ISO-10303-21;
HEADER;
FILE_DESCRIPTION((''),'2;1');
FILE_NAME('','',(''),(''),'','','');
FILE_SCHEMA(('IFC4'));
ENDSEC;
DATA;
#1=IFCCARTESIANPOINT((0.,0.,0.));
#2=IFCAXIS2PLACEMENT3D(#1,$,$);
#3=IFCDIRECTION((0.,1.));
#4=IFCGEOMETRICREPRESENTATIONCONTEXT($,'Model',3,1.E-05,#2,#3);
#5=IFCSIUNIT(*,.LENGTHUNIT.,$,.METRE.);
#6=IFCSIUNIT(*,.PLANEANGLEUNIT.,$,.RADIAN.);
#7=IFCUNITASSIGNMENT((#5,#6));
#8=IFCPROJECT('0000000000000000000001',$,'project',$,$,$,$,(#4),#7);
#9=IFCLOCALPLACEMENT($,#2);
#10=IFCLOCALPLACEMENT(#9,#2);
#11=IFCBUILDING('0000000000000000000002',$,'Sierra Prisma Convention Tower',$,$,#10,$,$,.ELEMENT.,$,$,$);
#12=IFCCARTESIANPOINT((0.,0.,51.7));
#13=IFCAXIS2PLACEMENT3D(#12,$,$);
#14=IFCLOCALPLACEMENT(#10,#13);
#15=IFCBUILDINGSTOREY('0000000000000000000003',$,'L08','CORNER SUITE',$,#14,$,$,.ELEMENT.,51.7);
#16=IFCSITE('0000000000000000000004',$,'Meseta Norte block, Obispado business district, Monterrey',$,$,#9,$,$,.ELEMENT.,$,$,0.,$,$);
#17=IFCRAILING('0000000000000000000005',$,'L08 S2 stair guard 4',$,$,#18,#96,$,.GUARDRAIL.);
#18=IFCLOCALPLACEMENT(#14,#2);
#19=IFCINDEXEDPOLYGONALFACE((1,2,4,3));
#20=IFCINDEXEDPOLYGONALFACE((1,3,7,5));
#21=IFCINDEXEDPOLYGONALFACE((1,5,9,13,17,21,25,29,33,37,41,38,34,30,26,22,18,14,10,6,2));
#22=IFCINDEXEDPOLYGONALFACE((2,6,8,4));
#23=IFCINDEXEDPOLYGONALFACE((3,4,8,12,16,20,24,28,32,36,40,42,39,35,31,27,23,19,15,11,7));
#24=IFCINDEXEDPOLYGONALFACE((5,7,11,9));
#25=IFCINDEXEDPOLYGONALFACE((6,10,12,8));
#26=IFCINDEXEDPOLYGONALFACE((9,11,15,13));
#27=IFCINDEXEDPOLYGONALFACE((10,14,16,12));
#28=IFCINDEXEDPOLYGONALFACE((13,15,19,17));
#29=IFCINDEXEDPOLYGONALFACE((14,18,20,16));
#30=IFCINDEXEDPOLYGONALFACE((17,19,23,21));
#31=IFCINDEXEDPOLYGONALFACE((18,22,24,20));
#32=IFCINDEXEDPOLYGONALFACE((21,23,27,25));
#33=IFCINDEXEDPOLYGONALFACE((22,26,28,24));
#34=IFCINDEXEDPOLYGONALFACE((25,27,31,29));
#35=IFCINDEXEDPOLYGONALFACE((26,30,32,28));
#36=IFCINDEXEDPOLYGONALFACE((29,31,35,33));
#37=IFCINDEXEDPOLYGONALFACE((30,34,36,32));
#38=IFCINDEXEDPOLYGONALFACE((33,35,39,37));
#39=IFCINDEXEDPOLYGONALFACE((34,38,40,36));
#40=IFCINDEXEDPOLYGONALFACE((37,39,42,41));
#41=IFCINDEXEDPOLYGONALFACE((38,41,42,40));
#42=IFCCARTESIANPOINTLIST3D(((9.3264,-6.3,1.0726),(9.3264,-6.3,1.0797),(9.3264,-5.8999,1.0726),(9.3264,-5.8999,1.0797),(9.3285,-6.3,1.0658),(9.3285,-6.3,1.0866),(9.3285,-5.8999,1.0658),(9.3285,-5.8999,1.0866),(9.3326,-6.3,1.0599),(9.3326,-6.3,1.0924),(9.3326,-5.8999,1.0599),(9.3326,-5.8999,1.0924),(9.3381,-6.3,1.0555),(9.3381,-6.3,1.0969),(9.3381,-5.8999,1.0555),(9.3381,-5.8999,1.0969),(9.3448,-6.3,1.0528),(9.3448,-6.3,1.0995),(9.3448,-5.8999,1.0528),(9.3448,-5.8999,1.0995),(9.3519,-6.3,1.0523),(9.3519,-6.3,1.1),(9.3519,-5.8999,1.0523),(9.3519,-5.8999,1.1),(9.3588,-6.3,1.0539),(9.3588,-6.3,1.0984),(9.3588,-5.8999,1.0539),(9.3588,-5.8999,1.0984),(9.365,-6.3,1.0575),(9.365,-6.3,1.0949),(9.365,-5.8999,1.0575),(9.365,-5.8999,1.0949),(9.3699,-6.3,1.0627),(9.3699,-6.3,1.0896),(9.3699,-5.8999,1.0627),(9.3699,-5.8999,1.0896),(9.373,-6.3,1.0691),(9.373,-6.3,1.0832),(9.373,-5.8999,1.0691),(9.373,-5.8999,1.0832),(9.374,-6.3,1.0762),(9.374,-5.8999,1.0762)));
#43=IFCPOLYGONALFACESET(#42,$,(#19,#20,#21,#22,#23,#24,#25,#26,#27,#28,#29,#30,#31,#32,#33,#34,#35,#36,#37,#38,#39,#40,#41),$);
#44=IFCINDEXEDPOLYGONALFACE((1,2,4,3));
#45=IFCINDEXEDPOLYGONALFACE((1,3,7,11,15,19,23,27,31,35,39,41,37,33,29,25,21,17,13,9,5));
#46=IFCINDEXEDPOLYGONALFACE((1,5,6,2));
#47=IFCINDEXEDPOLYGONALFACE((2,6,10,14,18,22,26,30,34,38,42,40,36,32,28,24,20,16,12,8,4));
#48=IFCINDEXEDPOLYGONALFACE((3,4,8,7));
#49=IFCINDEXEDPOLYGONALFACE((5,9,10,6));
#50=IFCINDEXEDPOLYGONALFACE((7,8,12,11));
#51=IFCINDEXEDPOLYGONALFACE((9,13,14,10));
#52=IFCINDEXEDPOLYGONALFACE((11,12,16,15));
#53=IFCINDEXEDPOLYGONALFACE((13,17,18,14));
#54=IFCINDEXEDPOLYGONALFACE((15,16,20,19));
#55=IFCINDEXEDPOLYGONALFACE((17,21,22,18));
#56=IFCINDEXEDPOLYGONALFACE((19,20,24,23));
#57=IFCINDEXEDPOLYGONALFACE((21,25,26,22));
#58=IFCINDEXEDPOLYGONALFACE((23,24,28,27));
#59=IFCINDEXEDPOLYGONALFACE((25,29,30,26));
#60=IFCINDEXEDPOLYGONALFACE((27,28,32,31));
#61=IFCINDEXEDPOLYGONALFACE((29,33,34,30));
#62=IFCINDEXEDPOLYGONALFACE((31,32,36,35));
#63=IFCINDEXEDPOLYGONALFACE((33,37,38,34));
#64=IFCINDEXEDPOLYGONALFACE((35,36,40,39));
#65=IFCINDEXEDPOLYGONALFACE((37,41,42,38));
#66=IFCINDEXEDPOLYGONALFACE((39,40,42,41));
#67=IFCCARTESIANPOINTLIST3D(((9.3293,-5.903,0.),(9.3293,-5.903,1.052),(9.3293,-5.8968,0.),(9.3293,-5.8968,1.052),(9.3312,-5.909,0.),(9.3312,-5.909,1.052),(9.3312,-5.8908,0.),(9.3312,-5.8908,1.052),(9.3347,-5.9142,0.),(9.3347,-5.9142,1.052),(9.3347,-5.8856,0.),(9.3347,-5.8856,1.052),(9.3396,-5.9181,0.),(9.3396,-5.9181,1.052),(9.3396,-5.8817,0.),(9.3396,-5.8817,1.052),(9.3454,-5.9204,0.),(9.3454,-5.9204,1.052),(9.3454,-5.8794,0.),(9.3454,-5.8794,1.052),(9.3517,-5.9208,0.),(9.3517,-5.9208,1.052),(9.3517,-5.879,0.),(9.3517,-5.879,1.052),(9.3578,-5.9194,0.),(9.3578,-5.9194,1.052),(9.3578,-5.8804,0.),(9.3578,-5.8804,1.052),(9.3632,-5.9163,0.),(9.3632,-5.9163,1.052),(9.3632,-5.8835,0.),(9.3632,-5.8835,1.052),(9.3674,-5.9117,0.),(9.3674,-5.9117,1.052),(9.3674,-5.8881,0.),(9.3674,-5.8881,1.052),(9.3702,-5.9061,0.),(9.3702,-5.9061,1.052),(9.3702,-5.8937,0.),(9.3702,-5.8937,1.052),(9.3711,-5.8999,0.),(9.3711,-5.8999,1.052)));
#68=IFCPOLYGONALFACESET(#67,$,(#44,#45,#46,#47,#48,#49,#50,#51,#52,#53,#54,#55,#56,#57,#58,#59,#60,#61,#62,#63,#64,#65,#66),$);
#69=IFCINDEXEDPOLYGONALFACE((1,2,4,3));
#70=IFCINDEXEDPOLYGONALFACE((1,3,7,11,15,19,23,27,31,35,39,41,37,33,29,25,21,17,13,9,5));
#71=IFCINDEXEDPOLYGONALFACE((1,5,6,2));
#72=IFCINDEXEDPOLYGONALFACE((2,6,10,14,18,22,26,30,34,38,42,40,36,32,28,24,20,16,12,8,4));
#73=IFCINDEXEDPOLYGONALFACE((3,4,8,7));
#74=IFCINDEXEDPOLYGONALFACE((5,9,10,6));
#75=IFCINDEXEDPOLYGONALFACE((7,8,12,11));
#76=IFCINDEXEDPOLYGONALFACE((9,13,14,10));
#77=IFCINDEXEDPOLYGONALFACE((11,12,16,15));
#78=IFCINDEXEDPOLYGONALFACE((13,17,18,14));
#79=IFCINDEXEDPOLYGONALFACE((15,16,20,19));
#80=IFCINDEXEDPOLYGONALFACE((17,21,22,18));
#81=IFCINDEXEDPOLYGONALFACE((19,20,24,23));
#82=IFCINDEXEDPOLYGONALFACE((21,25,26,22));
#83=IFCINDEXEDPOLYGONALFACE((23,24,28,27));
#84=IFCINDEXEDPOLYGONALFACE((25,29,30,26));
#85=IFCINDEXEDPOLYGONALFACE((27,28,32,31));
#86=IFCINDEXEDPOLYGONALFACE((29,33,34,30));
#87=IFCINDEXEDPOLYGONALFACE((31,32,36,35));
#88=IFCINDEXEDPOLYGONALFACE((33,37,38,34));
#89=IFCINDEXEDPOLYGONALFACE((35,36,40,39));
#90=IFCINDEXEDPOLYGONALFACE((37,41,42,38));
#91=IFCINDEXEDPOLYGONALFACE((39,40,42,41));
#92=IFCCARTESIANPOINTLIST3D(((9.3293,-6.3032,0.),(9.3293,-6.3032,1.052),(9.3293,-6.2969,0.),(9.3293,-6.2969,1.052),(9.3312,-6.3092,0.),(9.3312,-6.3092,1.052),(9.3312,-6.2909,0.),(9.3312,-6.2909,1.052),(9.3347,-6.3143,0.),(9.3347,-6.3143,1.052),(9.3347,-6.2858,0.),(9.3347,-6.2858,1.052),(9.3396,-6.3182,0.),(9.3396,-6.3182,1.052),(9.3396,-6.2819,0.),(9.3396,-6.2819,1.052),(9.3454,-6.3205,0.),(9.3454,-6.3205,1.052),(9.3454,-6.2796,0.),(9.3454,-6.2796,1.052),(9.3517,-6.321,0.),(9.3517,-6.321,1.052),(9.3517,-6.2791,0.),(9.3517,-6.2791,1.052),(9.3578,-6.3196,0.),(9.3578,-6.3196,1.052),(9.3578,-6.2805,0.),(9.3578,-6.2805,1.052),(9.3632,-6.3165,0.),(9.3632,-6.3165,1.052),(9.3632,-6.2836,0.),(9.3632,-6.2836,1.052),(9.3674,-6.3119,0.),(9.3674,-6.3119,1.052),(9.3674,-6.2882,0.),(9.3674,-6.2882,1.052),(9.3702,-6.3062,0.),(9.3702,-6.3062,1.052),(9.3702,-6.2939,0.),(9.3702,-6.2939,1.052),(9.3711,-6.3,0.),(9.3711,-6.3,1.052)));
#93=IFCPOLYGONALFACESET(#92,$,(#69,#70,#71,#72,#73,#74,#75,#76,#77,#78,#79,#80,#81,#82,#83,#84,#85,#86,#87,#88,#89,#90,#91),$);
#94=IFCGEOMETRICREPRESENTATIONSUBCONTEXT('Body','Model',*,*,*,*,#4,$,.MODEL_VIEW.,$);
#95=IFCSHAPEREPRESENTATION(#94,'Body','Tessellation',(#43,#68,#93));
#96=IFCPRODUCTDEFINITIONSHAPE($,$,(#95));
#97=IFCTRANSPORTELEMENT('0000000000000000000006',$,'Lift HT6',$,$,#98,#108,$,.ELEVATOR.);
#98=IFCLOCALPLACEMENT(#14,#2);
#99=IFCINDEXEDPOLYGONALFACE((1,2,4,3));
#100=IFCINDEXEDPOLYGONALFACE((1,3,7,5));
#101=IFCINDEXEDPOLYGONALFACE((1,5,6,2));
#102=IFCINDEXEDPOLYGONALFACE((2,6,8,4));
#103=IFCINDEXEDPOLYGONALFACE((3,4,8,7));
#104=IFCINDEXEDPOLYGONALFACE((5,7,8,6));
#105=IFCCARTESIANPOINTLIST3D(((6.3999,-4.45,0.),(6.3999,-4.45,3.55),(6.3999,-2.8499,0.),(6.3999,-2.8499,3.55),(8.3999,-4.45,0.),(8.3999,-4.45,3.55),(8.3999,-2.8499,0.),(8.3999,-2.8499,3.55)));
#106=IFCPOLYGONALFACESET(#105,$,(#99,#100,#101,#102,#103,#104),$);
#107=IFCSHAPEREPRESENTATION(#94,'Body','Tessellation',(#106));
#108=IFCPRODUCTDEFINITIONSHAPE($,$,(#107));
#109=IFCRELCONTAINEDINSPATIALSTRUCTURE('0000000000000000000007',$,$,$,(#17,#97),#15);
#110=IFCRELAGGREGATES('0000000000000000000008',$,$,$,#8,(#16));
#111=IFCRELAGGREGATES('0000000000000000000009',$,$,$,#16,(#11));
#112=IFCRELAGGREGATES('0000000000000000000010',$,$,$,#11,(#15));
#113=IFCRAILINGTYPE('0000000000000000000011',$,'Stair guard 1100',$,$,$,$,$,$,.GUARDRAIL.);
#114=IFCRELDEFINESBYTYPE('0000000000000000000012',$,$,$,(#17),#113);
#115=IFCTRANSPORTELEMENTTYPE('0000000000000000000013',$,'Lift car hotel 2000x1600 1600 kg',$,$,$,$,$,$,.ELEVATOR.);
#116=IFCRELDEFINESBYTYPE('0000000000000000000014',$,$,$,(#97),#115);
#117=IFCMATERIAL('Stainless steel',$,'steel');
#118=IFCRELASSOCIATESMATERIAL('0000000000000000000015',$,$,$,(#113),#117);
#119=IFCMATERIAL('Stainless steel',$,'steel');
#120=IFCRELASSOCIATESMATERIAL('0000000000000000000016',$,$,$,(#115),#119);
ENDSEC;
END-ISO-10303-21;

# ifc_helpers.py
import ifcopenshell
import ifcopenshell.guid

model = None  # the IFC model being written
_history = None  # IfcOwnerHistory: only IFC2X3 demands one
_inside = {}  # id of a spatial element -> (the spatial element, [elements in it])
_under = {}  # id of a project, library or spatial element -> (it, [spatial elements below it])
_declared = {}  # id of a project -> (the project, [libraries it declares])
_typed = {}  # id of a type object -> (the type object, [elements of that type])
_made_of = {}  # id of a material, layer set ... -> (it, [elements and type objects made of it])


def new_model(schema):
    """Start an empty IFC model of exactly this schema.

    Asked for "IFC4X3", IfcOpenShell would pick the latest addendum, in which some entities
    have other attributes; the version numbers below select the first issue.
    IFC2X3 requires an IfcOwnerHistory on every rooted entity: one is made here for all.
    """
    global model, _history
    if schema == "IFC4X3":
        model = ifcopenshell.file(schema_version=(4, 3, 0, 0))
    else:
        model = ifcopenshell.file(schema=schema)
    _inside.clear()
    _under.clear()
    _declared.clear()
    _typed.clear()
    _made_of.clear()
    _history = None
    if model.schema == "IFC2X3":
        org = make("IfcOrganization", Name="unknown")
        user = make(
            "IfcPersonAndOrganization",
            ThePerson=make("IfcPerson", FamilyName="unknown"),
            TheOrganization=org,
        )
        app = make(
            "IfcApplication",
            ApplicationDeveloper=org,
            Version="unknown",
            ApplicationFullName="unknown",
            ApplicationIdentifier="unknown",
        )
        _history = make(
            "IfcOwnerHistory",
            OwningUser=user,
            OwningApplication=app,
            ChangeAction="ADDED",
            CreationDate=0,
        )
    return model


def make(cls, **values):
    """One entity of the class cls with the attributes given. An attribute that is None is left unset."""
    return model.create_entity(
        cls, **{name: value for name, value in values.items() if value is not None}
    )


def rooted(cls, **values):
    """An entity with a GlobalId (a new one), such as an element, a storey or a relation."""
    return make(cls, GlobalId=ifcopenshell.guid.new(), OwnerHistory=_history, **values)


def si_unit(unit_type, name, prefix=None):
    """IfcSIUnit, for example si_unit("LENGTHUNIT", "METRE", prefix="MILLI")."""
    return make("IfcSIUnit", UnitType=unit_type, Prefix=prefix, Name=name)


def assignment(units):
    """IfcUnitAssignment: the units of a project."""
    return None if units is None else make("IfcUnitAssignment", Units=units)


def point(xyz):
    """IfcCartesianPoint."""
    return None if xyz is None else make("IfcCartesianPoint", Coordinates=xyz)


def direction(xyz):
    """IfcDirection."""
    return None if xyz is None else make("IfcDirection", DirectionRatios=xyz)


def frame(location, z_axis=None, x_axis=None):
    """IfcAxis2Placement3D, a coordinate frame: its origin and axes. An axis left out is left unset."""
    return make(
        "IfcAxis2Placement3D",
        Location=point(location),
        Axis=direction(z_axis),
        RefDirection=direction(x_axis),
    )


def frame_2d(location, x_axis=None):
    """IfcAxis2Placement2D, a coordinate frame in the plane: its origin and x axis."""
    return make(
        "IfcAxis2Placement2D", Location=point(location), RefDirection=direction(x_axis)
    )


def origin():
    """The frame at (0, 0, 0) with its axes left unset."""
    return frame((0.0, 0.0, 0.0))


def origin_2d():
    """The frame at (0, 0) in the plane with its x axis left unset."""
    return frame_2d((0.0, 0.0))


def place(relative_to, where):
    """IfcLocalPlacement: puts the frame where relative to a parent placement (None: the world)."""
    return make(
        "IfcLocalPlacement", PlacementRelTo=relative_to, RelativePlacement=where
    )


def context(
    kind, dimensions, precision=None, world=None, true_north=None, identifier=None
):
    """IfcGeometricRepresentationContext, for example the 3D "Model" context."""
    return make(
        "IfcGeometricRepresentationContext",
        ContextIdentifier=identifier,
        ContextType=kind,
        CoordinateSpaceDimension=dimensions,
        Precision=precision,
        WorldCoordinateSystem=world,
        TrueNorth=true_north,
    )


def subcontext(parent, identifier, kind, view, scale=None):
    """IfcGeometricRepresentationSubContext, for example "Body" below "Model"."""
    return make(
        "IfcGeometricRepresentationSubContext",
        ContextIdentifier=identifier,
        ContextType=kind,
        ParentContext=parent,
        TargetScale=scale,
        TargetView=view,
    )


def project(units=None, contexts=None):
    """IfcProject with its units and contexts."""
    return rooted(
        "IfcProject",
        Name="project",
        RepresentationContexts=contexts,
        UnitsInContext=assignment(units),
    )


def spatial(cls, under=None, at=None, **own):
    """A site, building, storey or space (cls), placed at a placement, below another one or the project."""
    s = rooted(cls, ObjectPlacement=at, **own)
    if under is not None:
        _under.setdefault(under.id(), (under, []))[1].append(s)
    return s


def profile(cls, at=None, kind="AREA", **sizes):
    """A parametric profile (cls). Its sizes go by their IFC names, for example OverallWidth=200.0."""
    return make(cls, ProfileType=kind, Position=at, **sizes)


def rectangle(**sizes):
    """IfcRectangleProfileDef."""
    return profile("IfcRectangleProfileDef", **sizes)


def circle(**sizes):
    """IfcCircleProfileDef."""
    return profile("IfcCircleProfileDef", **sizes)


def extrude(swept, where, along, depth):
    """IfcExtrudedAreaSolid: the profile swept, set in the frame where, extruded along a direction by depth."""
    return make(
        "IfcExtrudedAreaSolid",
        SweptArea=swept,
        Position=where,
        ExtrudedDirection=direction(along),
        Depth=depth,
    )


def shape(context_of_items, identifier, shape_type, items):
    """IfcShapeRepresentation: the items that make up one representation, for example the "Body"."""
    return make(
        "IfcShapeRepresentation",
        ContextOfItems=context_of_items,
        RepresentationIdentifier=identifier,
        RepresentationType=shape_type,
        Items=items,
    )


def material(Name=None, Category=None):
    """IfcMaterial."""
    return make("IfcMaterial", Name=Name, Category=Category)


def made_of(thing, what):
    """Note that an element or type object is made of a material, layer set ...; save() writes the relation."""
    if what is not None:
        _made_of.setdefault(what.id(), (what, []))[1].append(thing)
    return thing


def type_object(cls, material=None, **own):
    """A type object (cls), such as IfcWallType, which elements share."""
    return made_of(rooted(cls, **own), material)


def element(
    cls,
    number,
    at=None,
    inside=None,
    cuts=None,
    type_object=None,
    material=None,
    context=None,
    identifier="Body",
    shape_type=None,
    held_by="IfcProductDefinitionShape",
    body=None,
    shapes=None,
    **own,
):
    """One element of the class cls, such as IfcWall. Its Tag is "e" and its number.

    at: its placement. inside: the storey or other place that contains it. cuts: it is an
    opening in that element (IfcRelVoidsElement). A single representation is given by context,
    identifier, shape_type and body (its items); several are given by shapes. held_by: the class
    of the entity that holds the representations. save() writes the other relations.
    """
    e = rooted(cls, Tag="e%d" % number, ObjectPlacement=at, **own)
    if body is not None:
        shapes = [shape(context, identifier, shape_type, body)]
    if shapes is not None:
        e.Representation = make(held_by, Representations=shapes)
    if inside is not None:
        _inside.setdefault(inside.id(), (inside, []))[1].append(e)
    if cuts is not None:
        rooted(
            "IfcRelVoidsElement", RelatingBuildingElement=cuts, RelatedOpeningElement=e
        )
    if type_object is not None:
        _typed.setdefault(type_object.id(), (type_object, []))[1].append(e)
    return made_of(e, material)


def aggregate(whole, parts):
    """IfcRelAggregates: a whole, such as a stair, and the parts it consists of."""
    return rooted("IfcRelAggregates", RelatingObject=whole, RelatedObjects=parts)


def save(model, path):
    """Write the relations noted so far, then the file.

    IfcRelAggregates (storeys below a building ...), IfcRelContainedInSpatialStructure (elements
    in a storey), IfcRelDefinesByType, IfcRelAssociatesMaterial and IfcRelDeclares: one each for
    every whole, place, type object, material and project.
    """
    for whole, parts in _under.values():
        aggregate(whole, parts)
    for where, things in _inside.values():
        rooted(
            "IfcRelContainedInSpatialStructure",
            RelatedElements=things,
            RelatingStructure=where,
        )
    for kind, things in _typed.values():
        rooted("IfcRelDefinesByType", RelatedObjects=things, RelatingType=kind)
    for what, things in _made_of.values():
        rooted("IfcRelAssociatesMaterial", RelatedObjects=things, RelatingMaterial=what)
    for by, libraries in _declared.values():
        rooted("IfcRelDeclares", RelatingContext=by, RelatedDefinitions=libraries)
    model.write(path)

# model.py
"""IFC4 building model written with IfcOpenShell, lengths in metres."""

from ifc_helpers import new_model, si_unit, direction, frame, origin, origin_2d, place, context, subcontext, project, spatial, rectangle, circle, extrude, material, type_object, element, save


model = new_model("IFC4")

# Units and contexts
model_context = context("Model", 3, precision=1e-05, world=origin(), true_north=direction((0.0, 1.0)))
body_context = subcontext(model_context, "Body", "Model", "MODEL_VIEW")
ifc_project = project(units=[si_unit("LENGTHUNIT", "METRE"), si_unit("PLANEANGLEUNIT", "RADIAN")], contexts=[model_context])

# Site, building, storey
site_placement = place(None, origin())
site = spatial("IfcSite", under=ifc_project, at=site_placement, Name="Meseta Norte block, Obispado business district, Monterrey", CompositionType="ELEMENT", RefElevation=0.0)
building_placement = place(site_placement, origin())
building = spatial("IfcBuilding", under=site, at=building_placement, Name="Sierra Prisma Convention Tower", CompositionType="ELEMENT")
storey_placement = place(building_placement, frame((0.0, 0.0, 51.7)))
storey = spatial("IfcBuildingStorey", under=building, at=storey_placement, Name="L08", Description="CORNER SUITE", CompositionType="ELEMENT", Elevation=51.7)

# Railing
ifc_material_1 = material(Name="Stainless steel", Category="steel")
railing_type_1 = type_object("IfcRailingType", Name="Stair guard 1100", PredefinedType="GUARDRAIL", material=ifc_material_1)
railing_1_placement = place(storey_placement, frame((9.3501, -5.8999, 0.0)))
element("IfcRailing", 1, at=railing_1_placement, inside=storey, type_object=railing_type_1, Name="L08 S2 stair guard 4", PredefinedType="GUARDRAIL", context=body_context, shape_type="SweptSolid", body=[
    extrude(circle(Radius=0.0239, at=origin_2d()), frame((0.0, 0.0, 1.0762), z_axis=(0.0, -1.0, 0.0), x_axis=(1.0, 0.0, 0.0)), (0.0, 0.0, 1.0), 0.4001),
    extrude(circle(Radius=0.021, at=origin_2d()), origin(), (0.0, 0.0, 1.0), 1.052),
    extrude(circle(Radius=0.021, at=origin_2d()), frame((0.0, -0.4001, 0.0)), (0.0, 0.0, 1.0), 1.052),
])

# Transport element
ifc_material_2 = material(Name="Stainless steel", Category="steel")
transport_element_type = type_object("IfcTransportElementType", Name="Lift car hotel 2000x1600 1600 kg", PredefinedType="ELEVATOR", material=ifc_material_2)
transport_element_placement = place(storey_placement, frame((7.3999, -3.6499, 0.0), z_axis=(0.0, 0.0, 1.0), x_axis=(1.0, 0.0, 0.0)))
element("IfcTransportElement", 2, at=transport_element_placement, inside=storey, type_object=transport_element_type, Name="Lift HT6", PredefinedType="ELEVATOR", context=body_context, shape_type="SweptSolid", body=[
    extrude(rectangle(XDim=2.0, YDim=1.6001, at=origin_2d()), origin(), (0.0, 0.0, 1.0), 3.55),
])

save(model, "model.ifc")
